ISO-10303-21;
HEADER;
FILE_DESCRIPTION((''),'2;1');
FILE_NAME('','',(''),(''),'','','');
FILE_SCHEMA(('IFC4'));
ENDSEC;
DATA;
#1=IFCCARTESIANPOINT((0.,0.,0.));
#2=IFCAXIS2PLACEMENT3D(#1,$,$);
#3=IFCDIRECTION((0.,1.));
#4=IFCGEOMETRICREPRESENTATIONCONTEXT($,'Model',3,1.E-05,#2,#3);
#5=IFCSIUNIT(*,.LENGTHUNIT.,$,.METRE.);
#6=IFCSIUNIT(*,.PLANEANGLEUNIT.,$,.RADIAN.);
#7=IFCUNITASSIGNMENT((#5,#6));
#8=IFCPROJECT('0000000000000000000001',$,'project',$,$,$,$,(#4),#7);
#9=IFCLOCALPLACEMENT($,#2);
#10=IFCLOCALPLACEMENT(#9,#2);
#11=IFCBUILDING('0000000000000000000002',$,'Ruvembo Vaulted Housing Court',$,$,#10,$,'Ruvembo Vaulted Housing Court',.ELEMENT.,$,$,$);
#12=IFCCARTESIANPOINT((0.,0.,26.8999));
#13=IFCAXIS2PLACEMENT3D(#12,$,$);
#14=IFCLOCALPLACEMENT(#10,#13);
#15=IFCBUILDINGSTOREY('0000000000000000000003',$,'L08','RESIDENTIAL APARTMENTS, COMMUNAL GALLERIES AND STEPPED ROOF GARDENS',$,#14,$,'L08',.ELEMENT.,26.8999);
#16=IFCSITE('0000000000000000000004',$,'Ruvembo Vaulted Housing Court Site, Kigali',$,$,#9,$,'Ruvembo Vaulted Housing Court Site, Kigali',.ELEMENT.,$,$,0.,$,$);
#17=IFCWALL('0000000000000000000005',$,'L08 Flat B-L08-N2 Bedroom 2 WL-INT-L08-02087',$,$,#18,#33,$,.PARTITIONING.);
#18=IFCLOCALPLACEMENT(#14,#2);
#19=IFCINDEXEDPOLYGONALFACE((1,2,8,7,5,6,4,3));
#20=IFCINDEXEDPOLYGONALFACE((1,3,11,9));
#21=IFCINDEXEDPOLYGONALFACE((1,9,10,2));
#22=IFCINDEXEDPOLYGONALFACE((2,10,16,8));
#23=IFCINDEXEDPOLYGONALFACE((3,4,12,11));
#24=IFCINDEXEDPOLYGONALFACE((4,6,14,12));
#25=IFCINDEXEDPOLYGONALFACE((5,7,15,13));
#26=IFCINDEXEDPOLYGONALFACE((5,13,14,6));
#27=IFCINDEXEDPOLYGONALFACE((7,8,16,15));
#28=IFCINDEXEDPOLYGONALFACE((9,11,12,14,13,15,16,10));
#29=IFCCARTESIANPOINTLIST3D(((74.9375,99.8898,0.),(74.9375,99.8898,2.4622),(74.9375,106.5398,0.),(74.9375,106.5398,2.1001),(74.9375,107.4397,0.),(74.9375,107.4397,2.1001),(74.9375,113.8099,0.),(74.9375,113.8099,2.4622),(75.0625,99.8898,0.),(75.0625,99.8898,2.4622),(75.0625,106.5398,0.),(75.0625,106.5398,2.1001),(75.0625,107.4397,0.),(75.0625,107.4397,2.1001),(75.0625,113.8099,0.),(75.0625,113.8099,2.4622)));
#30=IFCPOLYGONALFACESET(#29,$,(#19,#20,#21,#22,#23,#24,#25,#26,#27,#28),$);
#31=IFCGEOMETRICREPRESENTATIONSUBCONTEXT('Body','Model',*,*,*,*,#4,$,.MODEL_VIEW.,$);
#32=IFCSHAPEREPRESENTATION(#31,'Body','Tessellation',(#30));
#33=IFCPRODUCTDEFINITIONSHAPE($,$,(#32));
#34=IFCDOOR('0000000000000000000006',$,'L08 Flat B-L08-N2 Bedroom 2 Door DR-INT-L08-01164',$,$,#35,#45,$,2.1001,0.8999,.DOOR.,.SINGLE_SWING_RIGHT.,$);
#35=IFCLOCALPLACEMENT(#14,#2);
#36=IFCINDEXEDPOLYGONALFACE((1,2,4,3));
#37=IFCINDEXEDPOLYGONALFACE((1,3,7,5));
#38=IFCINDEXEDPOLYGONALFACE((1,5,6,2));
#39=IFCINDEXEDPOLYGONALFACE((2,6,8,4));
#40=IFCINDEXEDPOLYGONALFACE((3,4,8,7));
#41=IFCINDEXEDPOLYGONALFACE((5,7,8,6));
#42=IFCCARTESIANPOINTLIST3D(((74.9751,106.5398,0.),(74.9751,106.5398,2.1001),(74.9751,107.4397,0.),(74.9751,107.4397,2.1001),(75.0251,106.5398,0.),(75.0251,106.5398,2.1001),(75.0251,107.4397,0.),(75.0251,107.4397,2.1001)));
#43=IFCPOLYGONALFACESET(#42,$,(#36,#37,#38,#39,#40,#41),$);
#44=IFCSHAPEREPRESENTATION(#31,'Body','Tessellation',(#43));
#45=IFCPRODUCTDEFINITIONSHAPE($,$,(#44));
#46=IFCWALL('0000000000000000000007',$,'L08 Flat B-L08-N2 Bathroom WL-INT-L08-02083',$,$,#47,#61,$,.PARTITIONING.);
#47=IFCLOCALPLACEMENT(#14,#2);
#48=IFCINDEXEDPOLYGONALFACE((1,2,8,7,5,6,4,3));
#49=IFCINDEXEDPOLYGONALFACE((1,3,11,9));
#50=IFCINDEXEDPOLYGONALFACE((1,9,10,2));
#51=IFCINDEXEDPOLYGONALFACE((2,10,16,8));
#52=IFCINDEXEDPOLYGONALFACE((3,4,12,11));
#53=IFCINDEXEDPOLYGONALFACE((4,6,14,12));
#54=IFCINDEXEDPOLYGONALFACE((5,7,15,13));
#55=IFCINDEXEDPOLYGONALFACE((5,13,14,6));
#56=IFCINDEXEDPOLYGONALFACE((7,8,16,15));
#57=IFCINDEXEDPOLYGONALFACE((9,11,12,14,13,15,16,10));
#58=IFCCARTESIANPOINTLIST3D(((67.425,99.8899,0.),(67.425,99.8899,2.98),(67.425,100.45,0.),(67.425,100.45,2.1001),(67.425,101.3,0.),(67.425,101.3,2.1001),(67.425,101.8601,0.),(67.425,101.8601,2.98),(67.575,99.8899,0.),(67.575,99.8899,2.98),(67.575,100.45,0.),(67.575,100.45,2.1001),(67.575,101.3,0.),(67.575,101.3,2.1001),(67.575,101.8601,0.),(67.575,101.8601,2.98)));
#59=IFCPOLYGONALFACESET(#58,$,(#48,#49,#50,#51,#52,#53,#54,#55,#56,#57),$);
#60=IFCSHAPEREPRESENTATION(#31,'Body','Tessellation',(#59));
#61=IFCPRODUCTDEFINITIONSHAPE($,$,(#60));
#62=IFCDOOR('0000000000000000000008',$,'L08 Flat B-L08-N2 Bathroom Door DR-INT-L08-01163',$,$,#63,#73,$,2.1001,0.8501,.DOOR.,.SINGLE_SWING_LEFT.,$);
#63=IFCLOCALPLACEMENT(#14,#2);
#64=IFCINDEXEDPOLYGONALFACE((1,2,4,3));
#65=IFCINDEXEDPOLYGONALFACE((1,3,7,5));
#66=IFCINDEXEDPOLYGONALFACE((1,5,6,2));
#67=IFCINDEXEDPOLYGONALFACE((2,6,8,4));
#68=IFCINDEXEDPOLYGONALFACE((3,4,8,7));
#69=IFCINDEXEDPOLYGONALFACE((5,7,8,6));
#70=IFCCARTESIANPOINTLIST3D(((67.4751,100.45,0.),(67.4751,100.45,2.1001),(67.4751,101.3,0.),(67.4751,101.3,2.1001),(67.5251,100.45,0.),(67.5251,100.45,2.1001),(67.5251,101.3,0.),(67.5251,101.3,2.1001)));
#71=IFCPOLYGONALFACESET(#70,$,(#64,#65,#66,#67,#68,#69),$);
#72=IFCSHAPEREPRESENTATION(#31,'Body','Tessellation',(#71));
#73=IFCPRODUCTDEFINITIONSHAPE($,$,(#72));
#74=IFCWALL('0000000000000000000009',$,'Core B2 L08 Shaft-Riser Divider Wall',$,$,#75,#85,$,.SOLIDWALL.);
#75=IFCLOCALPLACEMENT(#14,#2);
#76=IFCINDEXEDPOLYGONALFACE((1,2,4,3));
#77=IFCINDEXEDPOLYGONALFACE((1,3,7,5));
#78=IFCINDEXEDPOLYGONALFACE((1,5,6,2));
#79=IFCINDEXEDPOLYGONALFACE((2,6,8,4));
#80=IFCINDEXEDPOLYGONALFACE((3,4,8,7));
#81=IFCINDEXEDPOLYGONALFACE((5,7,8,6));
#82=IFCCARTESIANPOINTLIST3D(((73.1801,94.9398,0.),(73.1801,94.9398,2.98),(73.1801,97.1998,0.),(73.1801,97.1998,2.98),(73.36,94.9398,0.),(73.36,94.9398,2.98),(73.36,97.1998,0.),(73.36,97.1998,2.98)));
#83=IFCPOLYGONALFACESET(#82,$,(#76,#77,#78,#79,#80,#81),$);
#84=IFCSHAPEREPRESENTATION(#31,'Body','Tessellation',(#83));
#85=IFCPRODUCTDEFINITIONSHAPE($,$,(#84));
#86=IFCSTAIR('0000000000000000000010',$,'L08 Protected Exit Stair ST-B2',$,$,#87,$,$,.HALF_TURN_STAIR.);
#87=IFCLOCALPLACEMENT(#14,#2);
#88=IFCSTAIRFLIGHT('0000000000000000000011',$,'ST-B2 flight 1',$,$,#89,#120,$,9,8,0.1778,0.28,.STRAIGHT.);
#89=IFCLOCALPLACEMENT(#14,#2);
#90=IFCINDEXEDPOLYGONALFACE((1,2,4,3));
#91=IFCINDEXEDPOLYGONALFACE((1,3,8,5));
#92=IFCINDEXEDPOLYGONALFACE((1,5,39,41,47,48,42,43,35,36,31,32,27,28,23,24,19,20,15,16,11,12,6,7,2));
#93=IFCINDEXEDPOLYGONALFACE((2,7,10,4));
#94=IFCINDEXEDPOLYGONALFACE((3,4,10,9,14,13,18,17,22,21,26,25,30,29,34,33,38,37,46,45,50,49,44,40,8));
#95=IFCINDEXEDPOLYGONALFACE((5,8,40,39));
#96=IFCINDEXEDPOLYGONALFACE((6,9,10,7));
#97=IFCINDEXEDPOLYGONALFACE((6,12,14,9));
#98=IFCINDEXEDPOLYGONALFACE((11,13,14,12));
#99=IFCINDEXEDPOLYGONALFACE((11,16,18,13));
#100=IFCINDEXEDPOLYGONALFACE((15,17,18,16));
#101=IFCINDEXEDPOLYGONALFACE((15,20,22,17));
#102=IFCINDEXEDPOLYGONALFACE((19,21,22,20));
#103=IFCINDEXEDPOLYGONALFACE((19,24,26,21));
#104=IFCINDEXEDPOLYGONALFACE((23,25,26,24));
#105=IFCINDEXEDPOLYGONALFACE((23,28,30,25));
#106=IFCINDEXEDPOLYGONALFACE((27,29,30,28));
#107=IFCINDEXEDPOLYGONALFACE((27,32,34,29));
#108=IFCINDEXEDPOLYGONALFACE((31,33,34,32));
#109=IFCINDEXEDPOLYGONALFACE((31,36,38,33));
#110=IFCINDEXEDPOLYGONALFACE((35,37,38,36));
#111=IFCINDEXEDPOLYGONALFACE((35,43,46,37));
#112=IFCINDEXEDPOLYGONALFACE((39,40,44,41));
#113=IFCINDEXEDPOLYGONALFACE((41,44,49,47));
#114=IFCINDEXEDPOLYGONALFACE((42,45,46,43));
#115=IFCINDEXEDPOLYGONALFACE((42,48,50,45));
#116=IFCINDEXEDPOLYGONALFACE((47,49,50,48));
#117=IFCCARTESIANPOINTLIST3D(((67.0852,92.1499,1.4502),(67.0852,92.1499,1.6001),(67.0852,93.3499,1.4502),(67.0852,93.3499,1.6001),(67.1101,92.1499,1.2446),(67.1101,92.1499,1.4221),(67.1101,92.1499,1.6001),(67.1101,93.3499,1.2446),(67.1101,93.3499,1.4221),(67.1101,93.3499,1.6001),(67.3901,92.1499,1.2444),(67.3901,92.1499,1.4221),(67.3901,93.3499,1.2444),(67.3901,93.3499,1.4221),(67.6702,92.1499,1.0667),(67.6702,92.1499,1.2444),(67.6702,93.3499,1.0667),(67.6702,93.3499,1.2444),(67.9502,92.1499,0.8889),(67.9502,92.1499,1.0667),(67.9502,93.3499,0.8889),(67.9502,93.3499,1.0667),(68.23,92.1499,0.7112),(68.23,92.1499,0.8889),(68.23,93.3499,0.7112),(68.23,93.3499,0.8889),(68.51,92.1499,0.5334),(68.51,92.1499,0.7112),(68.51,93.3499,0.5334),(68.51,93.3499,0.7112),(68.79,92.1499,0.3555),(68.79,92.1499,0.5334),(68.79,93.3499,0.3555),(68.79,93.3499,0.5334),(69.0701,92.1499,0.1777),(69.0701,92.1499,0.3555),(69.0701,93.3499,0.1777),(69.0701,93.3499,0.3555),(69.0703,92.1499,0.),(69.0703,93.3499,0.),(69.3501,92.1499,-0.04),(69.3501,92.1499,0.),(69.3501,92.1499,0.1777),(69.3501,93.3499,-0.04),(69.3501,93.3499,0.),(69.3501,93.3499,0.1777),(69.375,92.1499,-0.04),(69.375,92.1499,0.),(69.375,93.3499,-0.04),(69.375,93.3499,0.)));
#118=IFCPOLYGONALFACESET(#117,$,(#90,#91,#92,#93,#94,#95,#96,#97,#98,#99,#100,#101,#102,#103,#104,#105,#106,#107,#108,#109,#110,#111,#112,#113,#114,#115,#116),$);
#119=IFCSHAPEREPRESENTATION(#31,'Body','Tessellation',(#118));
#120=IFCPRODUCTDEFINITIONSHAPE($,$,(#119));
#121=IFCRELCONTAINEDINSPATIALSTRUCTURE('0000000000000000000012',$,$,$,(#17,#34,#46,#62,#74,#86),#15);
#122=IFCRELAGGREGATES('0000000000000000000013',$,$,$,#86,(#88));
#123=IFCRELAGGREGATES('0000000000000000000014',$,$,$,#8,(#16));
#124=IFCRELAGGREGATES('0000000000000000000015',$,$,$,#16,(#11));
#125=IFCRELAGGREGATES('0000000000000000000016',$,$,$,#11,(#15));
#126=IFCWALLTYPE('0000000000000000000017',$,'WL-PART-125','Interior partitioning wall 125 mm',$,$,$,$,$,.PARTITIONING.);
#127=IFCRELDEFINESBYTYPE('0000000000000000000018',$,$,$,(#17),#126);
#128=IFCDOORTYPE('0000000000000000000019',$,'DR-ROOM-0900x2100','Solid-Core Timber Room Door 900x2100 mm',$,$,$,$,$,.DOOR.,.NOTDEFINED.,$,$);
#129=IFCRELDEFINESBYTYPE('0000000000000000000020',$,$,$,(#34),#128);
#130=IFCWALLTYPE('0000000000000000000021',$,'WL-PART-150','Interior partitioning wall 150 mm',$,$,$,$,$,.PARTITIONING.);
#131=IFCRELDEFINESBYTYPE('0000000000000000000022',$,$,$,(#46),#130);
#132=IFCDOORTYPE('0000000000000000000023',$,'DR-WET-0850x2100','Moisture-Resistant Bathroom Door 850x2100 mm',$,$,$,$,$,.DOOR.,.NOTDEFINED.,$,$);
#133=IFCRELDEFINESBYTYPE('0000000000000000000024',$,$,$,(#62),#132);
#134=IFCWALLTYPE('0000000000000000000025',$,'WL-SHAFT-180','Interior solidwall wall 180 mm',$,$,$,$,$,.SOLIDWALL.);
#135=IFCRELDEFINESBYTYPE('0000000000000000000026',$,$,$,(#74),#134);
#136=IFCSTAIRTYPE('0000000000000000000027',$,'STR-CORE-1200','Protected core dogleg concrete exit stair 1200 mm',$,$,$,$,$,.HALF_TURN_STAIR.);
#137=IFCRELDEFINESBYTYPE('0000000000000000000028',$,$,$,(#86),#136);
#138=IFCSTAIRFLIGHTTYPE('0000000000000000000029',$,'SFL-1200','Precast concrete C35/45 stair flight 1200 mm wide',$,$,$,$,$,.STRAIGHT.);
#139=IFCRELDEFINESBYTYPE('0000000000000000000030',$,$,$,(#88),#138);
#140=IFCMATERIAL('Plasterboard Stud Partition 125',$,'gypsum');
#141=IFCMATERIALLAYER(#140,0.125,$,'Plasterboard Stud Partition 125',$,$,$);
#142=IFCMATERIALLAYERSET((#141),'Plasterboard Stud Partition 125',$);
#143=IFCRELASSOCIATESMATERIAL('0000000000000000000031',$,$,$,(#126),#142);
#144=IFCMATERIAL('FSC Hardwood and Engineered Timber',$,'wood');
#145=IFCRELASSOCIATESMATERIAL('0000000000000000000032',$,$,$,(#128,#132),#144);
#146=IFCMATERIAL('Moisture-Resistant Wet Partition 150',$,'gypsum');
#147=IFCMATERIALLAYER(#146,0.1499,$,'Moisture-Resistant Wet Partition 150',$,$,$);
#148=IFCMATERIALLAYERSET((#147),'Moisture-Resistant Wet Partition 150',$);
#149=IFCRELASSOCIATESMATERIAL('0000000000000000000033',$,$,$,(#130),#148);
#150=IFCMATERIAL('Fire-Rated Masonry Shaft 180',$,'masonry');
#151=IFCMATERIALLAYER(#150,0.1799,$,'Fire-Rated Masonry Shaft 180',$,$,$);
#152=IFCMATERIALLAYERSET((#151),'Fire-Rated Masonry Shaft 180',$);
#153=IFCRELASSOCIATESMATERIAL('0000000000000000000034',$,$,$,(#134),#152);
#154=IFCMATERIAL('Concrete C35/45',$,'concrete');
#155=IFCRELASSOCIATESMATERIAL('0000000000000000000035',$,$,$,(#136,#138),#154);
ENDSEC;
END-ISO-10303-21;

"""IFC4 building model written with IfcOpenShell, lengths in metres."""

from ifc_helpers import new_model, si_unit, direction, frame, frame_2d, origin, place, context, subcontext, project, spatial, polyline, rectangle, outline, extrude, material, layer, layer_set, type_object, element, fill, aggregate, save


model = new_model("IFC4")

# Units and contexts
model_context = context("Model", 3, precision=1e-05, world=origin(), true_north=direction((0.0, 1.0)))
body_context = subcontext(model_context, "Body", "Model", "MODEL_VIEW")
ifc_project = project(units=[si_unit("LENGTHUNIT", "METRE"), si_unit("PLANEANGLEUNIT", "RADIAN")], contexts=[model_context])

# Site, building, storey
site_placement = place(None, origin())
site = spatial("IfcSite", under=ifc_project, at=site_placement, Name="Ruvembo Vaulted Housing Court Site, Kigali", LongName="Ruvembo Vaulted Housing Court Site, Kigali", CompositionType="ELEMENT", RefElevation=0.0)
building_placement = place(site_placement, origin())
building = spatial("IfcBuilding", under=site, at=building_placement, Name="Ruvembo Vaulted Housing Court", LongName="Ruvembo Vaulted Housing Court", CompositionType="ELEMENT")
storey_placement = place(building_placement, frame((0.0, 0.0, 26.8999)))
storey = spatial("IfcBuildingStorey", under=building, at=storey_placement, Name="L08", Description="RESIDENTIAL APARTMENTS, COMMUNAL GALLERIES AND STEPPED ROOF GARDENS", LongName="L08", CompositionType="ELEMENT", Elevation=26.8999)

# Shared definitions
ifc_material_1 = material(Name="Concrete C35/45", Category="concrete")

# Shared definitions
ifc_material_2 = material(Name="FSC Hardwood and Engineered Timber", Category="wood")

# Walls, openings, doors
ifc_material_3 = material(Name="Plasterboard Stud Partition 125", Category="gypsum")
ifc_layer_1 = layer(ifc_material_3, 0.125, Name="Plasterboard Stud Partition 125")
ifc_layer_set_1 = layer_set([ifc_layer_1], Name="Plasterboard Stud Partition 125")
wall_type_1 = type_object("IfcWallType", Name="WL-PART-125", Description="Interior partitioning wall 125 mm", PredefinedType="PARTITIONING", material=ifc_layer_set_1)
wall_1_placement = place(storey_placement, frame((75.0, 99.8899, 0.0), z_axis=(0.0, 0.0, 1.0), x_axis=(0.0, 1.0, 0.0)))
wall_1 = element("IfcWall", 1, at=wall_1_placement, inside=storey, type_object=wall_type_1, Name="L08 Flat B-L08-N2 Bedroom 2 WL-INT-L08-02087", PredefinedType="PARTITIONING", context=body_context, shape_type="SweptSolid", body=[
    extrude(rectangle(XDim=13.9202, YDim=0.125, at=frame_2d((6.96, 0.0))), origin(), (0.0, 0.0, 1.0), 2.4622),
])
opening_1_placement = place(wall_1_placement, frame((6.6499, 0.0, 0.0)))
opening_1 = element("IfcOpeningElement", 2, at=opening_1_placement, cuts=wall_1, PredefinedType="OPENING", context=body_context, shape_type="SweptSolid", body=[
    extrude(rectangle(XDim=0.8999, YDim=2.1001, at=frame_2d((0.45, 1.05))), frame((0.0, 0.0725, 0.0), z_axis=(0.0, -1.0, 0.0), x_axis=(1.0, 0.0, 0.0)), (0.0, 0.0, 1.0), 0.145),
])
door_type_1 = type_object("IfcDoorType", Name="DR-ROOM-0900x2100", Description="Solid-Core Timber Room Door 900x2100 mm", OperationType="NOTDEFINED", PredefinedType="DOOR", material=ifc_material_2)
door_1_placement = place(opening_1_placement, origin())
door_1 = element("IfcDoor", 3, at=door_1_placement, inside=storey, type_object=door_type_1, Name="L08 Flat B-L08-N2 Bedroom 2 Door DR-INT-L08-01164", OperationType="SINGLE_SWING_RIGHT", OverallHeight=2.1001, OverallWidth=0.8999, PredefinedType="DOOR", context=body_context, shape_type="SweptSolid", body=[
    extrude(rectangle(XDim=0.8999, YDim=2.1001, at=frame_2d((0.45, 1.05))), frame((0.0, 0.0249, 0.0), z_axis=(0.0, -1.0, 0.0), x_axis=(1.0, 0.0, 0.0)), (0.0, 0.0, 1.0), 0.05),
])
fill(opening_1, door_1)
ifc_material_4 = material(Name="Moisture-Resistant Wet Partition 150", Category="gypsum")
ifc_layer_2 = layer(ifc_material_4, 0.1499, Name="Moisture-Resistant Wet Partition 150")
ifc_layer_set_2 = layer_set([ifc_layer_2], Name="Moisture-Resistant Wet Partition 150")
wall_type_2 = type_object("IfcWallType", Name="WL-PART-150", Description="Interior partitioning wall 150 mm", PredefinedType="PARTITIONING", material=ifc_layer_set_2)
wall_2_placement = place(storey_placement, frame((67.5, 99.8899, 0.0), z_axis=(0.0, 0.0, 1.0), x_axis=(0.0, 1.0, 0.0)))
wall_2 = element("IfcWall", 4, at=wall_2_placement, inside=storey, type_object=wall_type_2, Name="L08 Flat B-L08-N2 Bathroom WL-INT-L08-02083", PredefinedType="PARTITIONING", context=body_context, shape_type="SweptSolid", body=[
    extrude(rectangle(XDim=1.9702, YDim=0.1499, at=frame_2d((0.9851, 0.0))), origin(), (0.0, 0.0, 1.0), 2.98),
])
opening_2_placement = place(wall_2_placement, frame((0.5601, 0.0, 0.0)))
opening_2 = element("IfcOpeningElement", 5, at=opening_2_placement, cuts=wall_2, PredefinedType="OPENING", context=body_context, shape_type="SweptSolid", body=[
    extrude(rectangle(XDim=0.8501, YDim=2.1001, at=frame_2d((0.425, 1.05))), frame((0.0, 0.085, 0.0), z_axis=(0.0, -1.0, 0.0), x_axis=(1.0, 0.0, 0.0)), (0.0, 0.0, 1.0), 0.1699),
])
door_type_2 = type_object("IfcDoorType", Name="DR-WET-0850x2100", Description="Moisture-Resistant Bathroom Door 850x2100 mm", OperationType="NOTDEFINED", PredefinedType="DOOR", material=ifc_material_2)
door_2_placement = place(opening_2_placement, origin())
door_2 = element("IfcDoor", 6, at=door_2_placement, inside=storey, type_object=door_type_2, Name="L08 Flat B-L08-N2 Bathroom Door DR-INT-L08-01163", OperationType="SINGLE_SWING_LEFT", OverallHeight=2.1001, OverallWidth=0.8501, PredefinedType="DOOR", context=body_context, shape_type="SweptSolid", body=[
    extrude(rectangle(XDim=0.8501, YDim=2.1001, at=frame_2d((0.425, 1.05))), frame((0.0, 0.0249, 0.0), z_axis=(0.0, -1.0, 0.0), x_axis=(1.0, 0.0, 0.0)), (0.0, 0.0, 1.0), 0.05),
])
fill(opening_2, door_2)

# Shared definitions
ifc_material_5 = material(Name="Fire-Rated Masonry Shaft 180", Category="masonry")
ifc_layer_3 = layer(ifc_material_5, 0.1799, Name="Fire-Rated Masonry Shaft 180")
ifc_layer_set_3 = layer_set([ifc_layer_3], Name="Fire-Rated Masonry Shaft 180")
wall_type_3 = type_object("IfcWallType", Name="WL-SHAFT-180", Description="Interior solidwall wall 180 mm", PredefinedType="SOLIDWALL", material=ifc_layer_set_3)

# Wall
wall_3_placement = place(storey_placement, frame((73.27, 94.9399, 0.0), z_axis=(0.0, 0.0, 1.0), x_axis=(0.0, 1.0, 0.0)))
element("IfcWall", 7, at=wall_3_placement, inside=storey, type_object=wall_type_3, Name="Core B2 L08 Shaft-Riser Divider Wall", PredefinedType="SOLIDWALL", context=body_context, shape_type="SweptSolid", body=[
    extrude(rectangle(XDim=2.26, YDim=0.1799, at=frame_2d((1.1299, 0.0))), origin(), (0.0, 0.0, 1.0), 2.98),
])

# Stair, stair flight
stair_type = type_object("IfcStairType", Name="STR-CORE-1200", Description="Protected core dogleg concrete exit stair 1200 mm", PredefinedType="HALF_TURN_STAIR", material=ifc_material_1)
stair_placement = place(storey_placement, origin())
stair = element("IfcStair", 8, at=stair_placement, inside=storey, type_object=stair_type, Name="L08 Protected Exit Stair ST-B2", PredefinedType="HALF_TURN_STAIR")
stair_flight_type = type_object("IfcStairFlightType", Name="SFL-1200", Description="Precast concrete C35/45 stair flight 1200 mm wide", PredefinedType="STRAIGHT", material=ifc_material_1)
stair_flight_placement = place(storey_placement, frame((69.3501, 92.75, 0.0), z_axis=(0.0, 0.0, 1.0), x_axis=(-1.0, 0.0, 0.0)))
stair_flight = element("IfcStairFlight", 9, at=stair_flight_placement, type_object=stair_flight_type, Name="ST-B2 flight 1", NumberOfRisers=9, NumberOfTreads=8, PredefinedType="STRAIGHT", RiserHeight=0.1778, TreadLength=0.28, context=body_context, shape_type="SweptSolid", body=[
    extrude(outline(polyline([(-0.0249, -0.04), (-0.0249, 0.0), (0.0, 0.0), (0.0, 0.1777), (0.28, 0.1777), (0.28, 0.3555), (0.5601, 0.3555), (0.5601, 0.5334), (0.8401, 0.5334), (0.8401, 0.7112), (1.1201, 0.7112), (1.1201, 0.8889), (1.3999, 0.8889), (1.3999, 1.0667), (1.6799, 1.0667), (1.6799, 1.2444), (1.96, 1.2444), (1.96, 1.4221), (2.24, 1.4221), (2.24, 1.6001), (2.2649, 1.6001), (2.2649, 1.4502), (2.24, 1.2446), (0.2798, 0.0), (0.0, -0.04), (-0.0249, -0.04)])), frame((0.0, 0.6001, 0.0), z_axis=(0.0, -1.0, 0.0), x_axis=(1.0, 0.0, 0.0)), (0.0, 0.0, 1.0), 1.2),
])
aggregate(stair, [stair_flight])

save(model, "model.ifc")
